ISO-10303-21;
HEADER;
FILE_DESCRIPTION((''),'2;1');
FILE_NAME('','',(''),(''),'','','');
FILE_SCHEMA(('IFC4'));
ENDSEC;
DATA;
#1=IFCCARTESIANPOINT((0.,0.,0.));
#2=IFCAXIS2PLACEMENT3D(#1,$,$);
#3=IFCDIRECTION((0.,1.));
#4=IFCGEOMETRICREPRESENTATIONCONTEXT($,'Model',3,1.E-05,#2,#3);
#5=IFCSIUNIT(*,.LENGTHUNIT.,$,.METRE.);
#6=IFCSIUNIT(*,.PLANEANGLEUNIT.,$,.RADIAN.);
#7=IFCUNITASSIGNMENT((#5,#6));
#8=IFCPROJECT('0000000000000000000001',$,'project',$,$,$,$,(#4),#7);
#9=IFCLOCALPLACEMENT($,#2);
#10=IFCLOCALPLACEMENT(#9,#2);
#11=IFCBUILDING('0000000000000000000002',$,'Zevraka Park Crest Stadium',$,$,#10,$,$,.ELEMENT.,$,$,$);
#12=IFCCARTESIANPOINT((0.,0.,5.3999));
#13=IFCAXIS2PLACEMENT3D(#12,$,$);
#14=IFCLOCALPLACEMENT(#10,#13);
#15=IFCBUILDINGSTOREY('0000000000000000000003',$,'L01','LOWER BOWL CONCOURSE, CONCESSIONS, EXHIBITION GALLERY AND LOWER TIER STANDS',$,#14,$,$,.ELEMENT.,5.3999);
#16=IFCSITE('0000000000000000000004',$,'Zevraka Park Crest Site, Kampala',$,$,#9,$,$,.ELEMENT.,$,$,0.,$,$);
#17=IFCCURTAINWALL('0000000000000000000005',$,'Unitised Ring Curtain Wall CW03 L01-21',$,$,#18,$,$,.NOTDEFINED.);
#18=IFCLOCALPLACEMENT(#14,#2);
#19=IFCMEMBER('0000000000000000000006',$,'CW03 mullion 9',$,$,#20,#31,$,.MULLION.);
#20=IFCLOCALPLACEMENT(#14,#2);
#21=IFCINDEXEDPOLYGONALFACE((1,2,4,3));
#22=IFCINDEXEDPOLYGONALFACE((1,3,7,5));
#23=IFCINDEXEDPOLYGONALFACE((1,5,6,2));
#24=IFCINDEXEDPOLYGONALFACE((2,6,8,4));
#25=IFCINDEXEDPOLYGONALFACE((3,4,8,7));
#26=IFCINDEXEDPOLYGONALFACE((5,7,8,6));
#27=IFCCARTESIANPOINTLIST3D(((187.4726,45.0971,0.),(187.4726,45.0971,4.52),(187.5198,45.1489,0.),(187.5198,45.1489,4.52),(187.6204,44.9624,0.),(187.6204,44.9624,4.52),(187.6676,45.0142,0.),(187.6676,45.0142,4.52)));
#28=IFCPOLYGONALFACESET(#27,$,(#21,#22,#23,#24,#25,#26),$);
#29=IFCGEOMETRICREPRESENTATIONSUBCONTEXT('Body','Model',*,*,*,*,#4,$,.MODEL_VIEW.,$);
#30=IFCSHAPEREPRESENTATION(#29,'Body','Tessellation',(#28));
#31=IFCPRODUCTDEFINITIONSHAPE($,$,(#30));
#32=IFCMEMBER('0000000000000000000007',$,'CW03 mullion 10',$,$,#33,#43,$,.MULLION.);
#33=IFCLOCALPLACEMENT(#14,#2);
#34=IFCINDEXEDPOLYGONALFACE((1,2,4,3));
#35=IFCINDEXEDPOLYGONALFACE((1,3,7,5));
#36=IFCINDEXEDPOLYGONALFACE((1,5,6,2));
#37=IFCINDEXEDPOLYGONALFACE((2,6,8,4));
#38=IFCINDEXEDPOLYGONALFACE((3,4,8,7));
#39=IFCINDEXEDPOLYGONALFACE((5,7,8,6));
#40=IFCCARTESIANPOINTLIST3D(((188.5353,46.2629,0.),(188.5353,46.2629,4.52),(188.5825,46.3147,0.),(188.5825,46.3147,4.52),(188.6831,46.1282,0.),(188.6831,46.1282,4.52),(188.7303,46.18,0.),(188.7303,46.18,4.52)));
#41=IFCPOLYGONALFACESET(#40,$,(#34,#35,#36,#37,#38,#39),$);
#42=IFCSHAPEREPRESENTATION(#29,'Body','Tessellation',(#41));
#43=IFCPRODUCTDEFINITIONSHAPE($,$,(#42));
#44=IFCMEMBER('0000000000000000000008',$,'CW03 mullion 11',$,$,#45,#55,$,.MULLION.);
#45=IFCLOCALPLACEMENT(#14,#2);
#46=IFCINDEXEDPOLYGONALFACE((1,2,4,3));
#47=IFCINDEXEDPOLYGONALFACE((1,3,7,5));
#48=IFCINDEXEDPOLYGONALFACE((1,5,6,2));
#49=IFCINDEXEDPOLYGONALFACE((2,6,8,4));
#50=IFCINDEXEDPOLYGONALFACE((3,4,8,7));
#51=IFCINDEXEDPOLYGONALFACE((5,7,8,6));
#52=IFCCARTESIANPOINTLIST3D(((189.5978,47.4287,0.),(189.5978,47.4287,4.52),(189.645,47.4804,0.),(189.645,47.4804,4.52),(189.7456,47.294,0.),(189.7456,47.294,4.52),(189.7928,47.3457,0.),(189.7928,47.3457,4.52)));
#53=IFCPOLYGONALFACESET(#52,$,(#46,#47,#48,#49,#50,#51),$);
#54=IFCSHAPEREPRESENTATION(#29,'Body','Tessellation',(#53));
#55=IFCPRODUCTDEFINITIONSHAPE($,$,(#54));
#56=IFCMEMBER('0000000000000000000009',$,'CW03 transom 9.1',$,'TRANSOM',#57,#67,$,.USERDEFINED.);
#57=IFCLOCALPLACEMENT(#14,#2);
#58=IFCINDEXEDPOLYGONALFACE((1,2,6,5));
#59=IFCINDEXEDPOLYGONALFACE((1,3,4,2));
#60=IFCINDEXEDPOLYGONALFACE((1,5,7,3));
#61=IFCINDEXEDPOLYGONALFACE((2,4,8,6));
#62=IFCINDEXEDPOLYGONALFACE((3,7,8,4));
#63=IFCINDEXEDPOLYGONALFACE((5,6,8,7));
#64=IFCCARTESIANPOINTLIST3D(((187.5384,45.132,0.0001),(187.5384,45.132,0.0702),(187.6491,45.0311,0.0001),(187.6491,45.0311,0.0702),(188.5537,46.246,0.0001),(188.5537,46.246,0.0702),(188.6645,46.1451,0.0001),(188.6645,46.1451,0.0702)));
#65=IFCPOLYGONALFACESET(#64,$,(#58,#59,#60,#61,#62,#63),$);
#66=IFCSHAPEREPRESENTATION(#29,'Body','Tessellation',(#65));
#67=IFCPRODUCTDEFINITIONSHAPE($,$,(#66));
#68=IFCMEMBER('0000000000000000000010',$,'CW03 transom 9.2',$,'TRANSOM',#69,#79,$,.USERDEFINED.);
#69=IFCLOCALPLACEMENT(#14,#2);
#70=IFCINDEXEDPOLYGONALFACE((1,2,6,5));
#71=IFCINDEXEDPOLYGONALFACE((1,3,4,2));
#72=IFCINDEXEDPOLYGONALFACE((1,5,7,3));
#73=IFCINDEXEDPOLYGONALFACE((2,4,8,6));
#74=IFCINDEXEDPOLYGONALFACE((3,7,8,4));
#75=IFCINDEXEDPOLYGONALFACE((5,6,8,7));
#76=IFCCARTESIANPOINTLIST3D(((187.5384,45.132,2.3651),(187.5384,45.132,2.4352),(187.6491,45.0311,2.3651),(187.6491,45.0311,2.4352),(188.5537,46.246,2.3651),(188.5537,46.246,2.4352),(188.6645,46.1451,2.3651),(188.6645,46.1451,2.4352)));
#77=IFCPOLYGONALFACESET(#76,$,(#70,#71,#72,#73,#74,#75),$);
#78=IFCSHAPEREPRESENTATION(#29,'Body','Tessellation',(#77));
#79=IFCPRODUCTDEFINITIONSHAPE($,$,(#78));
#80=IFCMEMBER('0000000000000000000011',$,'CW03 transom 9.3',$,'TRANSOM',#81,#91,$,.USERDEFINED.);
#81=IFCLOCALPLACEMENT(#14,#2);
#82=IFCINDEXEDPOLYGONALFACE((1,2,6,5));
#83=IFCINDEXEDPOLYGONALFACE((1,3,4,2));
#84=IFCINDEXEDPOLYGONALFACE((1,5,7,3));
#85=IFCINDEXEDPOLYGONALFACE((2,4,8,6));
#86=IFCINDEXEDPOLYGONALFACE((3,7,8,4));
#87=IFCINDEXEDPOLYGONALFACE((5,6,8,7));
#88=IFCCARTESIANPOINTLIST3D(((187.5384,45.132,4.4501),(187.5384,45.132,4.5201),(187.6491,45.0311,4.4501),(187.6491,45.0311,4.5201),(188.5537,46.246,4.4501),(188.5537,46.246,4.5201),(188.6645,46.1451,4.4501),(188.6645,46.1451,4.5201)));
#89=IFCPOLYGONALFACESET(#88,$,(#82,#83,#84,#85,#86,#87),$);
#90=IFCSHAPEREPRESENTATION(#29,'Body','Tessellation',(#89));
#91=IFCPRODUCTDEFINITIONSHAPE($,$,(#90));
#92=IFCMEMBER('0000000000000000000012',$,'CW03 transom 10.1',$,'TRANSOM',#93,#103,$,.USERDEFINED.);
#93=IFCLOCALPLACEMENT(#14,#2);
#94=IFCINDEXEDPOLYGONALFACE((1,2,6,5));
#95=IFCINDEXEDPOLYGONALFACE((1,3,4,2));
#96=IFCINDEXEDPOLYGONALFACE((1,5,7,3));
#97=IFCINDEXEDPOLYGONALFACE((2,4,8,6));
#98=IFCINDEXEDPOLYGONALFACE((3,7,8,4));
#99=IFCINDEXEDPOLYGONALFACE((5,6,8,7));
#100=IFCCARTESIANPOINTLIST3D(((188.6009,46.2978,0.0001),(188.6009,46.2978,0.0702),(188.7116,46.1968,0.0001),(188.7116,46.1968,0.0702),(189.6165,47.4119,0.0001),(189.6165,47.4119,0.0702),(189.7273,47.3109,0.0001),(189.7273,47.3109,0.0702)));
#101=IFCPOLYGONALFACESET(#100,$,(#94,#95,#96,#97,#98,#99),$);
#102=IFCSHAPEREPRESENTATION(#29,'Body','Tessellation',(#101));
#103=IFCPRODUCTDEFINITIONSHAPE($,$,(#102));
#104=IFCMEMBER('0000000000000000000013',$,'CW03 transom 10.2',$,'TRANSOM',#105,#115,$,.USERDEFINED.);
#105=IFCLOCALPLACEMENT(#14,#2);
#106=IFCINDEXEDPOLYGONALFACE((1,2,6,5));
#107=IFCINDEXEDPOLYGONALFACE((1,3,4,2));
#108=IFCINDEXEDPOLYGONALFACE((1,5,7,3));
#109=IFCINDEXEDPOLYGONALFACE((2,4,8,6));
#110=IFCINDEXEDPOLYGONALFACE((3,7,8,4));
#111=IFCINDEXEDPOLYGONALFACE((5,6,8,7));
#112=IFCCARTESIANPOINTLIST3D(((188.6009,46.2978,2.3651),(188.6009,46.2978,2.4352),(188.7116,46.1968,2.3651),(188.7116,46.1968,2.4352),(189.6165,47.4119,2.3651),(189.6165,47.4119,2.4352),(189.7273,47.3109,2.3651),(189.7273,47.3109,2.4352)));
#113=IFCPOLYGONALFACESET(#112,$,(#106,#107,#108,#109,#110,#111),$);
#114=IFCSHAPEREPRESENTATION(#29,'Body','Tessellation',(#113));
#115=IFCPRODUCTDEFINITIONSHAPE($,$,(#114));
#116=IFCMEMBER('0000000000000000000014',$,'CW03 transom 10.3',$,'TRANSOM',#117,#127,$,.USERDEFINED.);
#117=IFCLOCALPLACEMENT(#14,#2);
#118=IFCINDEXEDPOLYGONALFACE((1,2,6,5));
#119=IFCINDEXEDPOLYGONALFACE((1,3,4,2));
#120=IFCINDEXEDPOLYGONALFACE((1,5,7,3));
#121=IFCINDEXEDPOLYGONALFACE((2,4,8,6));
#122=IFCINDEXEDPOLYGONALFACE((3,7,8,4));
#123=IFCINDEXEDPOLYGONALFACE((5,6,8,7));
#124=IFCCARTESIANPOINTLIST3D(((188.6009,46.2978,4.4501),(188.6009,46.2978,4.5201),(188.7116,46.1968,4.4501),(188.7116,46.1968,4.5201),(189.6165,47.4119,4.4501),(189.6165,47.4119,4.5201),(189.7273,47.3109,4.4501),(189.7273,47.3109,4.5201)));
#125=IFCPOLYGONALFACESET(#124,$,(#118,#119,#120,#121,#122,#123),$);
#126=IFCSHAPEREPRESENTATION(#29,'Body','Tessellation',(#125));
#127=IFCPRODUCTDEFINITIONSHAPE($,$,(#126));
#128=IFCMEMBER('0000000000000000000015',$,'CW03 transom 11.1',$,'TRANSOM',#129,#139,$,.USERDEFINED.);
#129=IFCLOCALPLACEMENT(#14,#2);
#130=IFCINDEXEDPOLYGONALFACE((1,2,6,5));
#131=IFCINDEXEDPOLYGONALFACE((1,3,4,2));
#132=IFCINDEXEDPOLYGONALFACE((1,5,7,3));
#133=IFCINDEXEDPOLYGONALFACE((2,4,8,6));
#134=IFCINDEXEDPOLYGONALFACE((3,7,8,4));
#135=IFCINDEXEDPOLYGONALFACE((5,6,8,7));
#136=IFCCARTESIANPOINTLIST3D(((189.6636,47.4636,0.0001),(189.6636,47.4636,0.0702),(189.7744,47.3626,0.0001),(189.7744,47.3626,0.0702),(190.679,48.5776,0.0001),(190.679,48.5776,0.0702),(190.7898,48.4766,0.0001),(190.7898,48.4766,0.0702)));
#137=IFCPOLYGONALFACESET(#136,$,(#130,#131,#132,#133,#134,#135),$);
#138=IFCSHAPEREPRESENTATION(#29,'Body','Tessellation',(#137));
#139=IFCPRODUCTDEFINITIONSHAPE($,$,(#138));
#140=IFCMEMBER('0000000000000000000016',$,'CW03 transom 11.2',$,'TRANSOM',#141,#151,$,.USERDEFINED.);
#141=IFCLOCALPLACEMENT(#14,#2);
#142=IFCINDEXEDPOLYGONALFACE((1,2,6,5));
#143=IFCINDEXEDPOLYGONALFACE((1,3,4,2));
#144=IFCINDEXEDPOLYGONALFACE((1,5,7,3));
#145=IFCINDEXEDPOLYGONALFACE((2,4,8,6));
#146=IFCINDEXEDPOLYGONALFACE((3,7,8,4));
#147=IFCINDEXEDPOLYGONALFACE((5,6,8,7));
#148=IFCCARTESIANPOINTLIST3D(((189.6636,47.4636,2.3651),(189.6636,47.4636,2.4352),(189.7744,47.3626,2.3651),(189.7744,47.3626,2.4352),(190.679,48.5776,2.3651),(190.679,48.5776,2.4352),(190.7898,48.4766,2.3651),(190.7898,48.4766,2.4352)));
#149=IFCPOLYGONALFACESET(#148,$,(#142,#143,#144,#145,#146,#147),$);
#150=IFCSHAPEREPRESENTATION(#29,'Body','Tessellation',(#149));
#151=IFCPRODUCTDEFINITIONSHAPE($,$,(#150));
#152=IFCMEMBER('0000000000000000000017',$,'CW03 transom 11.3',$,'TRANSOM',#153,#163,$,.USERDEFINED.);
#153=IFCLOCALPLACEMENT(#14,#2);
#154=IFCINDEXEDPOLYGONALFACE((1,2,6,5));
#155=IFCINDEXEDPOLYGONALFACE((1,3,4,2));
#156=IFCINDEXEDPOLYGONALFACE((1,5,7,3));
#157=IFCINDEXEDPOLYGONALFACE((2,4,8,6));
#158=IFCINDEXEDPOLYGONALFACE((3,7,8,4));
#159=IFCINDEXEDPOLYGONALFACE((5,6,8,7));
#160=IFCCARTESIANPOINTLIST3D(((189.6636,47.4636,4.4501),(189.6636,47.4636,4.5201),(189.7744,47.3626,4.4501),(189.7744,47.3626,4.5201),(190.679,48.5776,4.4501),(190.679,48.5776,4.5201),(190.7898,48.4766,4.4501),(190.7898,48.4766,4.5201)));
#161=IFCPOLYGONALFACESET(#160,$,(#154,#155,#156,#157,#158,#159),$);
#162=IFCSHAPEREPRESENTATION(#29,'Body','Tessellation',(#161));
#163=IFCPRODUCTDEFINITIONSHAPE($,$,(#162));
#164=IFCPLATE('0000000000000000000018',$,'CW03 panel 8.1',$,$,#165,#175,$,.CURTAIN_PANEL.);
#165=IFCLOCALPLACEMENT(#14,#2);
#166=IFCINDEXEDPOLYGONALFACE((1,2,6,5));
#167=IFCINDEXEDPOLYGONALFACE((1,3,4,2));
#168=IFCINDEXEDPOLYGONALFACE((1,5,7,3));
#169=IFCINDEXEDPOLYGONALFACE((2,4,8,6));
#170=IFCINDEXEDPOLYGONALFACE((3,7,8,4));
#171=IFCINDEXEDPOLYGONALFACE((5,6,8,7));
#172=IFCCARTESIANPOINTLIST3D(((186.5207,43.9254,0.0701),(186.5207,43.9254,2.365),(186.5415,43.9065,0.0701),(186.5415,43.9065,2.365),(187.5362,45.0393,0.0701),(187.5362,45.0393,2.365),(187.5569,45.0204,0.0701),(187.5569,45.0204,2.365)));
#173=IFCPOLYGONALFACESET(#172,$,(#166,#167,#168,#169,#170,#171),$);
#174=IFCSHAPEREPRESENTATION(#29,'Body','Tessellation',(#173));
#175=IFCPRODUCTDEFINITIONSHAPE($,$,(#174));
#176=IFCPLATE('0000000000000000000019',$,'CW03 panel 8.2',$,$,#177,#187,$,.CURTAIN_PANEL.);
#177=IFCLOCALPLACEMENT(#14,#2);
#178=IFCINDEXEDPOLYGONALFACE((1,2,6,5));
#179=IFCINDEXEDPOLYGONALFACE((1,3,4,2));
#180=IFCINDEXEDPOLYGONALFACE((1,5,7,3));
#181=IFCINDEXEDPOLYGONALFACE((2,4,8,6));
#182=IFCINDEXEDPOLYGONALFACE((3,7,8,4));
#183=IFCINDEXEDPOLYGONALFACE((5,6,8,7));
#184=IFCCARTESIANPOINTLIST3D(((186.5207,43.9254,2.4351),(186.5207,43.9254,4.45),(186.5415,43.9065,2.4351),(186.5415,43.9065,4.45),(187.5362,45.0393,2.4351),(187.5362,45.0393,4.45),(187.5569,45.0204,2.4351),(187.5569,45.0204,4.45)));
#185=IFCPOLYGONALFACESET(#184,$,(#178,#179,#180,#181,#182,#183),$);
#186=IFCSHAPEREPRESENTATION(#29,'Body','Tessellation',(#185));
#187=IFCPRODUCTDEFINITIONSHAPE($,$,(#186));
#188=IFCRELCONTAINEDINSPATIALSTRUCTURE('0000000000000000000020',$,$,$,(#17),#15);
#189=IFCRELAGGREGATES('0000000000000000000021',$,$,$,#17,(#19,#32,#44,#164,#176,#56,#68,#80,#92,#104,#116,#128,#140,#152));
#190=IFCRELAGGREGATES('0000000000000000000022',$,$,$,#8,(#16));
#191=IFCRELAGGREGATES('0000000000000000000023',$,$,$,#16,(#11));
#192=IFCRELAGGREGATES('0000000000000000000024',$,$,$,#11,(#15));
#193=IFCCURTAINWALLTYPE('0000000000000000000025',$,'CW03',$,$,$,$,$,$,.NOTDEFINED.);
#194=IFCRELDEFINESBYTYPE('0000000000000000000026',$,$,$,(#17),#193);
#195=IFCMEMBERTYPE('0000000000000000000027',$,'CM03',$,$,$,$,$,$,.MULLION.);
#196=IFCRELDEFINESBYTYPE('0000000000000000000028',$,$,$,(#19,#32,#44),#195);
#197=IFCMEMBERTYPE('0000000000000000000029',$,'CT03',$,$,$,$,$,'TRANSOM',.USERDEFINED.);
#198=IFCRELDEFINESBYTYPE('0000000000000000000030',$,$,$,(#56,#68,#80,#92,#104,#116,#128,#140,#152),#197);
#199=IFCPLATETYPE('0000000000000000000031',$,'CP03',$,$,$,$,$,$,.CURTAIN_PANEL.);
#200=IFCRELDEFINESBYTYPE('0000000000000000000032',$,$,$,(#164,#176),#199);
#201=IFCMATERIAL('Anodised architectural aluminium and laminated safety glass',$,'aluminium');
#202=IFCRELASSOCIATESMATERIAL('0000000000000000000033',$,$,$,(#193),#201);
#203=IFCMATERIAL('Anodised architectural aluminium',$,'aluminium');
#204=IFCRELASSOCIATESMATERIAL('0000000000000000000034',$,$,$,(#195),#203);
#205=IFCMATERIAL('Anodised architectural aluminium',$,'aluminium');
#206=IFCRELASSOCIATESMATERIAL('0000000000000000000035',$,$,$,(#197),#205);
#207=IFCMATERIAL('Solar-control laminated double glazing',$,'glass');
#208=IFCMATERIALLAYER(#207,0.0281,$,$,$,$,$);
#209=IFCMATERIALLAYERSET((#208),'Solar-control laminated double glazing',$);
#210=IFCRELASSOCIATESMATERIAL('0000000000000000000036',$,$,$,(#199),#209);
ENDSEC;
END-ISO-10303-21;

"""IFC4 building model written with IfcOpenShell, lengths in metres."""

from ifc_helpers import new_model, si_unit, direction, frame, origin, origin_2d, place, context, subcontext, project, spatial, rectangle, extrude, material, layer, layer_set, material_profile, profile_set, type_object, element, aggregate, save


model = new_model("IFC4")

# Units and contexts
model_context = context("Model", 3, precision=1e-05, world=origin(), true_north=direction((0.0, 1.0)))
body_context = subcontext(model_context, "Body", "Model", "MODEL_VIEW")
ifc_project = project(units=[si_unit("LENGTHUNIT", "METRE"), si_unit("PLANEANGLEUNIT", "RADIAN")], contexts=[model_context])

# Site, building, storey
site_placement = place(None, origin())
site = spatial("IfcSite", under=ifc_project, at=site_placement, Name="Zevraka Park Crest Site, Kampala", CompositionType="ELEMENT", RefElevation=0.0)
building_placement = place(site_placement, origin())
building = spatial("IfcBuilding", under=site, at=building_placement, Name="Zevraka Park Crest Stadium", CompositionType="ELEMENT")
storey_placement = place(building_placement, frame((0.0, 0.0, 5.3999)))
storey = spatial("IfcBuildingStorey", under=building, at=storey_placement, Name="L01", Description="LOWER BOWL CONCOURSE, CONCESSIONS, EXHIBITION GALLERY AND LOWER TIER STANDS", CompositionType="ELEMENT", Elevation=5.3999)

# Curtain wall, members, plates
ifc_material_1 = material(Name="Anodised architectural aluminium and laminated safety glass", Category="aluminium")
curtain_wall_type = type_object("IfcCurtainWallType", Name="CW03", PredefinedType="NOTDEFINED", material=ifc_material_1)
curtain_wall_placement = place(storey_placement, origin())
curtain_wall = element("IfcCurtainWall", 1, at=curtain_wall_placement, inside=storey, type_object=curtain_wall_type, Name="Unitised Ring Curtain Wall CW03 L01-21", PredefinedType="NOTDEFINED")
ifc_material_2 = material(Name="Anodised architectural aluminium", Category="aluminium")
ifc_material_profile_1 = material_profile(ifc_material_2, rectangle(XDim=0.2, YDim=0.0701, at=origin_2d()), Name="ALU MULLION 200x70")
ifc_profile_set_1 = profile_set([ifc_material_profile_1], Name="Anodised architectural aluminium")
member_type_1 = type_object("IfcMemberType", Name="CM03", PredefinedType="MULLION", material=ifc_profile_set_1)
member_1_placement = place(storey_placement, frame((187.5701, 45.0557, 0.0), z_axis=(0.0, 0.0, 1.0), x_axis=(-0.739023, 0.67368, 0.0)))
member_1 = element("IfcMember", 2, at=member_1_placement, type_object=member_type_1, Name="CW03 mullion 9", PredefinedType="MULLION", context=body_context, shape_type="SweptSolid", body=[
    extrude(rectangle(XDim=0.2, YDim=0.0701, at=origin_2d()), origin(), (0.0, 0.0, 1.0), 4.52),
])
member_2_placement = place(storey_placement, frame((188.6328, 46.2214, 0.0), z_axis=(0.0, 0.0, 1.0), x_axis=(-0.739023, 0.67368, 0.0)))
member_2 = element("IfcMember", 3, at=member_2_placement, type_object=member_type_1, Name="CW03 mullion 10", PredefinedType="MULLION", context=body_context, shape_type="SweptSolid", body=[
    extrude(rectangle(XDim=0.2, YDim=0.0701, at=origin_2d()), origin(), (0.0, 0.0, 1.0), 4.52),
])
member_3_placement = place(storey_placement, frame((189.6953, 47.3872, 0.0), z_axis=(0.0, 0.0, 1.0), x_axis=(-0.739023, 0.67368, 0.0)))
member_3 = element("IfcMember", 4, at=member_3_placement, type_object=member_type_1, Name="CW03 mullion 11", PredefinedType="MULLION", context=body_context, shape_type="SweptSolid", body=[
    extrude(rectangle(XDim=0.2, YDim=0.0701, at=origin_2d()), origin(), (0.0, 0.0, 1.0), 4.52),
])
ifc_material_3 = material(Name="Anodised architectural aluminium", Category="aluminium")
ifc_material_profile_2 = material_profile(ifc_material_3, rectangle(XDim=0.1499, YDim=0.0701, at=origin_2d()), Name="ALU TRANSOM 150x70")
ifc_profile_set_2 = profile_set([ifc_material_profile_2], Name="Anodised architectural aluminium")
member_type_2 = type_object("IfcMemberType", Name="CT03", ElementType="TRANSOM", PredefinedType="USERDEFINED", material=ifc_profile_set_2)
member_4_placement = place(storey_placement, frame((187.5938, 45.0815, 0.0352), z_axis=(0.673632, 0.739067, 0.0), x_axis=(-0.739067, 0.673632, 0.0)))
member_4 = element("IfcMember", 5, at=member_4_placement, type_object=member_type_2, Name="CW03 transom 9.1", ObjectType="TRANSOM", PredefinedType="USERDEFINED", context=body_context, shape_type="SweptSolid", body=[
    extrude(rectangle(XDim=0.1499, YDim=0.0701, at=origin_2d()), origin(), (0.0, 0.0, 1.0), 1.5073),
])
member_5_placement = place(storey_placement, frame((187.5938, 45.0815, 2.4001), z_axis=(0.673632, 0.739067, 0.0), x_axis=(-0.739067, 0.673632, 0.0)))
member_5 = element("IfcMember", 6, at=member_5_placement, type_object=member_type_2, Name="CW03 transom 9.2", ObjectType="TRANSOM", PredefinedType="USERDEFINED", context=body_context, shape_type="SweptSolid", body=[
    extrude(rectangle(XDim=0.1499, YDim=0.0701, at=origin_2d()), origin(), (0.0, 0.0, 1.0), 1.5073),
])
member_6_placement = place(storey_placement, frame((187.5938, 45.0815, 4.4851), z_axis=(0.673632, 0.739067, 0.0), x_axis=(-0.739067, 0.673632, 0.0)))
member_6 = element("IfcMember", 7, at=member_6_placement, type_object=member_type_2, Name="CW03 transom 9.3", ObjectType="TRANSOM", PredefinedType="USERDEFINED", context=body_context, shape_type="SweptSolid", body=[
    extrude(rectangle(XDim=0.1499, YDim=0.0701, at=origin_2d()), origin(), (0.0, 0.0, 1.0), 1.5073),
])
member_7_placement = place(storey_placement, frame((188.6562, 46.2473, 0.0352), z_axis=(0.67372, 0.738987, 0.0), x_axis=(-0.738987, 0.67372, 0.0)))
member_7 = element("IfcMember", 8, at=member_7_placement, type_object=member_type_2, Name="CW03 transom 10.1", ObjectType="TRANSOM", PredefinedType="USERDEFINED", context=body_context, shape_type="SweptSolid", body=[
    extrude(rectangle(XDim=0.1499, YDim=0.0701, at=origin_2d()), origin(), (0.0, 0.0, 1.0), 1.5076),
])
member_8_placement = place(storey_placement, frame((188.6562, 46.2473, 2.4001), z_axis=(0.67372, 0.738987, 0.0), x_axis=(-0.738987, 0.67372, 0.0)))
member_8 = element("IfcMember", 9, at=member_8_placement, type_object=member_type_2, Name="CW03 transom 10.2", ObjectType="TRANSOM", PredefinedType="USERDEFINED", context=body_context, shape_type="SweptSolid", body=[
    extrude(rectangle(XDim=0.1499, YDim=0.0701, at=origin_2d()), origin(), (0.0, 0.0, 1.0), 1.5076),
])
member_9_placement = place(storey_placement, frame((188.6562, 46.2473, 4.4851), z_axis=(0.67372, 0.738987, 0.0), x_axis=(-0.738987, 0.67372, 0.0)))
member_9 = element("IfcMember", 10, at=member_9_placement, type_object=member_type_2, Name="CW03 transom 10.3", ObjectType="TRANSOM", PredefinedType="USERDEFINED", context=body_context, shape_type="SweptSolid", body=[
    extrude(rectangle(XDim=0.1499, YDim=0.0701, at=origin_2d()), origin(), (0.0, 0.0, 1.0), 1.5076),
])
member_10_placement = place(storey_placement, frame((189.719, 47.4131, 0.0352), z_axis=(0.673632, 0.739067, 0.0), x_axis=(-0.739067, 0.673632, 0.0)))
member_10 = element("IfcMember", 11, at=member_10_placement, type_object=member_type_2, Name="CW03 transom 11.1", ObjectType="TRANSOM", PredefinedType="USERDEFINED", context=body_context, shape_type="SweptSolid", body=[
    extrude(rectangle(XDim=0.1499, YDim=0.0701, at=origin_2d()), origin(), (0.0, 0.0, 1.0), 1.5073),
])
member_11_placement = place(storey_placement, frame((189.719, 47.4131, 2.4001), z_axis=(0.673632, 0.739067, 0.0), x_axis=(-0.739067, 0.673632, 0.0)))
member_11 = element("IfcMember", 12, at=member_11_placement, type_object=member_type_2, Name="CW03 transom 11.2", ObjectType="TRANSOM", PredefinedType="USERDEFINED", context=body_context, shape_type="SweptSolid", body=[
    extrude(rectangle(XDim=0.1499, YDim=0.0701, at=origin_2d()), origin(), (0.0, 0.0, 1.0), 1.5073),
])
member_12_placement = place(storey_placement, frame((189.719, 47.4131, 4.4851), z_axis=(0.673632, 0.739067, 0.0), x_axis=(-0.739067, 0.673632, 0.0)))
member_12 = element("IfcMember", 13, at=member_12_placement, type_object=member_type_2, Name="CW03 transom 11.3", ObjectType="TRANSOM", PredefinedType="USERDEFINED", context=body_context, shape_type="SweptSolid", body=[
    extrude(rectangle(XDim=0.1499, YDim=0.0701, at=origin_2d()), origin(), (0.0, 0.0, 1.0), 1.5073),
])
ifc_material_4 = material(Name="Solar-control laminated double glazing", Category="glass")
ifc_layer_1 = layer(ifc_material_4, 0.0281)
ifc_layer_set_1 = layer_set([ifc_layer_1], Name="Solar-control laminated double glazing")
plate_type = type_object("IfcPlateType", Name="CP03", PredefinedType="CURTAIN_PANEL", material=ifc_layer_set_1)
plate_1_placement = place(storey_placement, frame((187.0388, 44.4729, 0.0701), z_axis=(0.0, 0.0, 1.0), x_axis=(0.67368, 0.739023, 0.0)))
plate_1 = element("IfcPlate", 14, at=plate_1_placement, type_object=plate_type, Name="CW03 panel 8.1", PredefinedType="CURTAIN_PANEL", context=body_context, shape_type="SweptSolid", body=[
    extrude(rectangle(XDim=1.5073, YDim=0.0281, at=origin_2d()), origin(), (0.0, 0.0, 1.0), 2.2949),
])
plate_2_placement = place(storey_placement, frame((187.0388, 44.4729, 2.4351), z_axis=(0.0, 0.0, 1.0), x_axis=(0.67368, 0.739023, 0.0)))
plate_2 = element("IfcPlate", 15, at=plate_2_placement, type_object=plate_type, Name="CW03 panel 8.2", PredefinedType="CURTAIN_PANEL", context=body_context, shape_type="SweptSolid", body=[
    extrude(rectangle(XDim=1.5073, YDim=0.0281, at=origin_2d()), origin(), (0.0, 0.0, 1.0), 2.0149),
])
aggregate(curtain_wall, [member_1, member_2, member_3, plate_1, plate_2, member_4, member_5, member_6, member_7, member_8, member_9, member_10, member_11, member_12])

save(model, "model.ifc")
